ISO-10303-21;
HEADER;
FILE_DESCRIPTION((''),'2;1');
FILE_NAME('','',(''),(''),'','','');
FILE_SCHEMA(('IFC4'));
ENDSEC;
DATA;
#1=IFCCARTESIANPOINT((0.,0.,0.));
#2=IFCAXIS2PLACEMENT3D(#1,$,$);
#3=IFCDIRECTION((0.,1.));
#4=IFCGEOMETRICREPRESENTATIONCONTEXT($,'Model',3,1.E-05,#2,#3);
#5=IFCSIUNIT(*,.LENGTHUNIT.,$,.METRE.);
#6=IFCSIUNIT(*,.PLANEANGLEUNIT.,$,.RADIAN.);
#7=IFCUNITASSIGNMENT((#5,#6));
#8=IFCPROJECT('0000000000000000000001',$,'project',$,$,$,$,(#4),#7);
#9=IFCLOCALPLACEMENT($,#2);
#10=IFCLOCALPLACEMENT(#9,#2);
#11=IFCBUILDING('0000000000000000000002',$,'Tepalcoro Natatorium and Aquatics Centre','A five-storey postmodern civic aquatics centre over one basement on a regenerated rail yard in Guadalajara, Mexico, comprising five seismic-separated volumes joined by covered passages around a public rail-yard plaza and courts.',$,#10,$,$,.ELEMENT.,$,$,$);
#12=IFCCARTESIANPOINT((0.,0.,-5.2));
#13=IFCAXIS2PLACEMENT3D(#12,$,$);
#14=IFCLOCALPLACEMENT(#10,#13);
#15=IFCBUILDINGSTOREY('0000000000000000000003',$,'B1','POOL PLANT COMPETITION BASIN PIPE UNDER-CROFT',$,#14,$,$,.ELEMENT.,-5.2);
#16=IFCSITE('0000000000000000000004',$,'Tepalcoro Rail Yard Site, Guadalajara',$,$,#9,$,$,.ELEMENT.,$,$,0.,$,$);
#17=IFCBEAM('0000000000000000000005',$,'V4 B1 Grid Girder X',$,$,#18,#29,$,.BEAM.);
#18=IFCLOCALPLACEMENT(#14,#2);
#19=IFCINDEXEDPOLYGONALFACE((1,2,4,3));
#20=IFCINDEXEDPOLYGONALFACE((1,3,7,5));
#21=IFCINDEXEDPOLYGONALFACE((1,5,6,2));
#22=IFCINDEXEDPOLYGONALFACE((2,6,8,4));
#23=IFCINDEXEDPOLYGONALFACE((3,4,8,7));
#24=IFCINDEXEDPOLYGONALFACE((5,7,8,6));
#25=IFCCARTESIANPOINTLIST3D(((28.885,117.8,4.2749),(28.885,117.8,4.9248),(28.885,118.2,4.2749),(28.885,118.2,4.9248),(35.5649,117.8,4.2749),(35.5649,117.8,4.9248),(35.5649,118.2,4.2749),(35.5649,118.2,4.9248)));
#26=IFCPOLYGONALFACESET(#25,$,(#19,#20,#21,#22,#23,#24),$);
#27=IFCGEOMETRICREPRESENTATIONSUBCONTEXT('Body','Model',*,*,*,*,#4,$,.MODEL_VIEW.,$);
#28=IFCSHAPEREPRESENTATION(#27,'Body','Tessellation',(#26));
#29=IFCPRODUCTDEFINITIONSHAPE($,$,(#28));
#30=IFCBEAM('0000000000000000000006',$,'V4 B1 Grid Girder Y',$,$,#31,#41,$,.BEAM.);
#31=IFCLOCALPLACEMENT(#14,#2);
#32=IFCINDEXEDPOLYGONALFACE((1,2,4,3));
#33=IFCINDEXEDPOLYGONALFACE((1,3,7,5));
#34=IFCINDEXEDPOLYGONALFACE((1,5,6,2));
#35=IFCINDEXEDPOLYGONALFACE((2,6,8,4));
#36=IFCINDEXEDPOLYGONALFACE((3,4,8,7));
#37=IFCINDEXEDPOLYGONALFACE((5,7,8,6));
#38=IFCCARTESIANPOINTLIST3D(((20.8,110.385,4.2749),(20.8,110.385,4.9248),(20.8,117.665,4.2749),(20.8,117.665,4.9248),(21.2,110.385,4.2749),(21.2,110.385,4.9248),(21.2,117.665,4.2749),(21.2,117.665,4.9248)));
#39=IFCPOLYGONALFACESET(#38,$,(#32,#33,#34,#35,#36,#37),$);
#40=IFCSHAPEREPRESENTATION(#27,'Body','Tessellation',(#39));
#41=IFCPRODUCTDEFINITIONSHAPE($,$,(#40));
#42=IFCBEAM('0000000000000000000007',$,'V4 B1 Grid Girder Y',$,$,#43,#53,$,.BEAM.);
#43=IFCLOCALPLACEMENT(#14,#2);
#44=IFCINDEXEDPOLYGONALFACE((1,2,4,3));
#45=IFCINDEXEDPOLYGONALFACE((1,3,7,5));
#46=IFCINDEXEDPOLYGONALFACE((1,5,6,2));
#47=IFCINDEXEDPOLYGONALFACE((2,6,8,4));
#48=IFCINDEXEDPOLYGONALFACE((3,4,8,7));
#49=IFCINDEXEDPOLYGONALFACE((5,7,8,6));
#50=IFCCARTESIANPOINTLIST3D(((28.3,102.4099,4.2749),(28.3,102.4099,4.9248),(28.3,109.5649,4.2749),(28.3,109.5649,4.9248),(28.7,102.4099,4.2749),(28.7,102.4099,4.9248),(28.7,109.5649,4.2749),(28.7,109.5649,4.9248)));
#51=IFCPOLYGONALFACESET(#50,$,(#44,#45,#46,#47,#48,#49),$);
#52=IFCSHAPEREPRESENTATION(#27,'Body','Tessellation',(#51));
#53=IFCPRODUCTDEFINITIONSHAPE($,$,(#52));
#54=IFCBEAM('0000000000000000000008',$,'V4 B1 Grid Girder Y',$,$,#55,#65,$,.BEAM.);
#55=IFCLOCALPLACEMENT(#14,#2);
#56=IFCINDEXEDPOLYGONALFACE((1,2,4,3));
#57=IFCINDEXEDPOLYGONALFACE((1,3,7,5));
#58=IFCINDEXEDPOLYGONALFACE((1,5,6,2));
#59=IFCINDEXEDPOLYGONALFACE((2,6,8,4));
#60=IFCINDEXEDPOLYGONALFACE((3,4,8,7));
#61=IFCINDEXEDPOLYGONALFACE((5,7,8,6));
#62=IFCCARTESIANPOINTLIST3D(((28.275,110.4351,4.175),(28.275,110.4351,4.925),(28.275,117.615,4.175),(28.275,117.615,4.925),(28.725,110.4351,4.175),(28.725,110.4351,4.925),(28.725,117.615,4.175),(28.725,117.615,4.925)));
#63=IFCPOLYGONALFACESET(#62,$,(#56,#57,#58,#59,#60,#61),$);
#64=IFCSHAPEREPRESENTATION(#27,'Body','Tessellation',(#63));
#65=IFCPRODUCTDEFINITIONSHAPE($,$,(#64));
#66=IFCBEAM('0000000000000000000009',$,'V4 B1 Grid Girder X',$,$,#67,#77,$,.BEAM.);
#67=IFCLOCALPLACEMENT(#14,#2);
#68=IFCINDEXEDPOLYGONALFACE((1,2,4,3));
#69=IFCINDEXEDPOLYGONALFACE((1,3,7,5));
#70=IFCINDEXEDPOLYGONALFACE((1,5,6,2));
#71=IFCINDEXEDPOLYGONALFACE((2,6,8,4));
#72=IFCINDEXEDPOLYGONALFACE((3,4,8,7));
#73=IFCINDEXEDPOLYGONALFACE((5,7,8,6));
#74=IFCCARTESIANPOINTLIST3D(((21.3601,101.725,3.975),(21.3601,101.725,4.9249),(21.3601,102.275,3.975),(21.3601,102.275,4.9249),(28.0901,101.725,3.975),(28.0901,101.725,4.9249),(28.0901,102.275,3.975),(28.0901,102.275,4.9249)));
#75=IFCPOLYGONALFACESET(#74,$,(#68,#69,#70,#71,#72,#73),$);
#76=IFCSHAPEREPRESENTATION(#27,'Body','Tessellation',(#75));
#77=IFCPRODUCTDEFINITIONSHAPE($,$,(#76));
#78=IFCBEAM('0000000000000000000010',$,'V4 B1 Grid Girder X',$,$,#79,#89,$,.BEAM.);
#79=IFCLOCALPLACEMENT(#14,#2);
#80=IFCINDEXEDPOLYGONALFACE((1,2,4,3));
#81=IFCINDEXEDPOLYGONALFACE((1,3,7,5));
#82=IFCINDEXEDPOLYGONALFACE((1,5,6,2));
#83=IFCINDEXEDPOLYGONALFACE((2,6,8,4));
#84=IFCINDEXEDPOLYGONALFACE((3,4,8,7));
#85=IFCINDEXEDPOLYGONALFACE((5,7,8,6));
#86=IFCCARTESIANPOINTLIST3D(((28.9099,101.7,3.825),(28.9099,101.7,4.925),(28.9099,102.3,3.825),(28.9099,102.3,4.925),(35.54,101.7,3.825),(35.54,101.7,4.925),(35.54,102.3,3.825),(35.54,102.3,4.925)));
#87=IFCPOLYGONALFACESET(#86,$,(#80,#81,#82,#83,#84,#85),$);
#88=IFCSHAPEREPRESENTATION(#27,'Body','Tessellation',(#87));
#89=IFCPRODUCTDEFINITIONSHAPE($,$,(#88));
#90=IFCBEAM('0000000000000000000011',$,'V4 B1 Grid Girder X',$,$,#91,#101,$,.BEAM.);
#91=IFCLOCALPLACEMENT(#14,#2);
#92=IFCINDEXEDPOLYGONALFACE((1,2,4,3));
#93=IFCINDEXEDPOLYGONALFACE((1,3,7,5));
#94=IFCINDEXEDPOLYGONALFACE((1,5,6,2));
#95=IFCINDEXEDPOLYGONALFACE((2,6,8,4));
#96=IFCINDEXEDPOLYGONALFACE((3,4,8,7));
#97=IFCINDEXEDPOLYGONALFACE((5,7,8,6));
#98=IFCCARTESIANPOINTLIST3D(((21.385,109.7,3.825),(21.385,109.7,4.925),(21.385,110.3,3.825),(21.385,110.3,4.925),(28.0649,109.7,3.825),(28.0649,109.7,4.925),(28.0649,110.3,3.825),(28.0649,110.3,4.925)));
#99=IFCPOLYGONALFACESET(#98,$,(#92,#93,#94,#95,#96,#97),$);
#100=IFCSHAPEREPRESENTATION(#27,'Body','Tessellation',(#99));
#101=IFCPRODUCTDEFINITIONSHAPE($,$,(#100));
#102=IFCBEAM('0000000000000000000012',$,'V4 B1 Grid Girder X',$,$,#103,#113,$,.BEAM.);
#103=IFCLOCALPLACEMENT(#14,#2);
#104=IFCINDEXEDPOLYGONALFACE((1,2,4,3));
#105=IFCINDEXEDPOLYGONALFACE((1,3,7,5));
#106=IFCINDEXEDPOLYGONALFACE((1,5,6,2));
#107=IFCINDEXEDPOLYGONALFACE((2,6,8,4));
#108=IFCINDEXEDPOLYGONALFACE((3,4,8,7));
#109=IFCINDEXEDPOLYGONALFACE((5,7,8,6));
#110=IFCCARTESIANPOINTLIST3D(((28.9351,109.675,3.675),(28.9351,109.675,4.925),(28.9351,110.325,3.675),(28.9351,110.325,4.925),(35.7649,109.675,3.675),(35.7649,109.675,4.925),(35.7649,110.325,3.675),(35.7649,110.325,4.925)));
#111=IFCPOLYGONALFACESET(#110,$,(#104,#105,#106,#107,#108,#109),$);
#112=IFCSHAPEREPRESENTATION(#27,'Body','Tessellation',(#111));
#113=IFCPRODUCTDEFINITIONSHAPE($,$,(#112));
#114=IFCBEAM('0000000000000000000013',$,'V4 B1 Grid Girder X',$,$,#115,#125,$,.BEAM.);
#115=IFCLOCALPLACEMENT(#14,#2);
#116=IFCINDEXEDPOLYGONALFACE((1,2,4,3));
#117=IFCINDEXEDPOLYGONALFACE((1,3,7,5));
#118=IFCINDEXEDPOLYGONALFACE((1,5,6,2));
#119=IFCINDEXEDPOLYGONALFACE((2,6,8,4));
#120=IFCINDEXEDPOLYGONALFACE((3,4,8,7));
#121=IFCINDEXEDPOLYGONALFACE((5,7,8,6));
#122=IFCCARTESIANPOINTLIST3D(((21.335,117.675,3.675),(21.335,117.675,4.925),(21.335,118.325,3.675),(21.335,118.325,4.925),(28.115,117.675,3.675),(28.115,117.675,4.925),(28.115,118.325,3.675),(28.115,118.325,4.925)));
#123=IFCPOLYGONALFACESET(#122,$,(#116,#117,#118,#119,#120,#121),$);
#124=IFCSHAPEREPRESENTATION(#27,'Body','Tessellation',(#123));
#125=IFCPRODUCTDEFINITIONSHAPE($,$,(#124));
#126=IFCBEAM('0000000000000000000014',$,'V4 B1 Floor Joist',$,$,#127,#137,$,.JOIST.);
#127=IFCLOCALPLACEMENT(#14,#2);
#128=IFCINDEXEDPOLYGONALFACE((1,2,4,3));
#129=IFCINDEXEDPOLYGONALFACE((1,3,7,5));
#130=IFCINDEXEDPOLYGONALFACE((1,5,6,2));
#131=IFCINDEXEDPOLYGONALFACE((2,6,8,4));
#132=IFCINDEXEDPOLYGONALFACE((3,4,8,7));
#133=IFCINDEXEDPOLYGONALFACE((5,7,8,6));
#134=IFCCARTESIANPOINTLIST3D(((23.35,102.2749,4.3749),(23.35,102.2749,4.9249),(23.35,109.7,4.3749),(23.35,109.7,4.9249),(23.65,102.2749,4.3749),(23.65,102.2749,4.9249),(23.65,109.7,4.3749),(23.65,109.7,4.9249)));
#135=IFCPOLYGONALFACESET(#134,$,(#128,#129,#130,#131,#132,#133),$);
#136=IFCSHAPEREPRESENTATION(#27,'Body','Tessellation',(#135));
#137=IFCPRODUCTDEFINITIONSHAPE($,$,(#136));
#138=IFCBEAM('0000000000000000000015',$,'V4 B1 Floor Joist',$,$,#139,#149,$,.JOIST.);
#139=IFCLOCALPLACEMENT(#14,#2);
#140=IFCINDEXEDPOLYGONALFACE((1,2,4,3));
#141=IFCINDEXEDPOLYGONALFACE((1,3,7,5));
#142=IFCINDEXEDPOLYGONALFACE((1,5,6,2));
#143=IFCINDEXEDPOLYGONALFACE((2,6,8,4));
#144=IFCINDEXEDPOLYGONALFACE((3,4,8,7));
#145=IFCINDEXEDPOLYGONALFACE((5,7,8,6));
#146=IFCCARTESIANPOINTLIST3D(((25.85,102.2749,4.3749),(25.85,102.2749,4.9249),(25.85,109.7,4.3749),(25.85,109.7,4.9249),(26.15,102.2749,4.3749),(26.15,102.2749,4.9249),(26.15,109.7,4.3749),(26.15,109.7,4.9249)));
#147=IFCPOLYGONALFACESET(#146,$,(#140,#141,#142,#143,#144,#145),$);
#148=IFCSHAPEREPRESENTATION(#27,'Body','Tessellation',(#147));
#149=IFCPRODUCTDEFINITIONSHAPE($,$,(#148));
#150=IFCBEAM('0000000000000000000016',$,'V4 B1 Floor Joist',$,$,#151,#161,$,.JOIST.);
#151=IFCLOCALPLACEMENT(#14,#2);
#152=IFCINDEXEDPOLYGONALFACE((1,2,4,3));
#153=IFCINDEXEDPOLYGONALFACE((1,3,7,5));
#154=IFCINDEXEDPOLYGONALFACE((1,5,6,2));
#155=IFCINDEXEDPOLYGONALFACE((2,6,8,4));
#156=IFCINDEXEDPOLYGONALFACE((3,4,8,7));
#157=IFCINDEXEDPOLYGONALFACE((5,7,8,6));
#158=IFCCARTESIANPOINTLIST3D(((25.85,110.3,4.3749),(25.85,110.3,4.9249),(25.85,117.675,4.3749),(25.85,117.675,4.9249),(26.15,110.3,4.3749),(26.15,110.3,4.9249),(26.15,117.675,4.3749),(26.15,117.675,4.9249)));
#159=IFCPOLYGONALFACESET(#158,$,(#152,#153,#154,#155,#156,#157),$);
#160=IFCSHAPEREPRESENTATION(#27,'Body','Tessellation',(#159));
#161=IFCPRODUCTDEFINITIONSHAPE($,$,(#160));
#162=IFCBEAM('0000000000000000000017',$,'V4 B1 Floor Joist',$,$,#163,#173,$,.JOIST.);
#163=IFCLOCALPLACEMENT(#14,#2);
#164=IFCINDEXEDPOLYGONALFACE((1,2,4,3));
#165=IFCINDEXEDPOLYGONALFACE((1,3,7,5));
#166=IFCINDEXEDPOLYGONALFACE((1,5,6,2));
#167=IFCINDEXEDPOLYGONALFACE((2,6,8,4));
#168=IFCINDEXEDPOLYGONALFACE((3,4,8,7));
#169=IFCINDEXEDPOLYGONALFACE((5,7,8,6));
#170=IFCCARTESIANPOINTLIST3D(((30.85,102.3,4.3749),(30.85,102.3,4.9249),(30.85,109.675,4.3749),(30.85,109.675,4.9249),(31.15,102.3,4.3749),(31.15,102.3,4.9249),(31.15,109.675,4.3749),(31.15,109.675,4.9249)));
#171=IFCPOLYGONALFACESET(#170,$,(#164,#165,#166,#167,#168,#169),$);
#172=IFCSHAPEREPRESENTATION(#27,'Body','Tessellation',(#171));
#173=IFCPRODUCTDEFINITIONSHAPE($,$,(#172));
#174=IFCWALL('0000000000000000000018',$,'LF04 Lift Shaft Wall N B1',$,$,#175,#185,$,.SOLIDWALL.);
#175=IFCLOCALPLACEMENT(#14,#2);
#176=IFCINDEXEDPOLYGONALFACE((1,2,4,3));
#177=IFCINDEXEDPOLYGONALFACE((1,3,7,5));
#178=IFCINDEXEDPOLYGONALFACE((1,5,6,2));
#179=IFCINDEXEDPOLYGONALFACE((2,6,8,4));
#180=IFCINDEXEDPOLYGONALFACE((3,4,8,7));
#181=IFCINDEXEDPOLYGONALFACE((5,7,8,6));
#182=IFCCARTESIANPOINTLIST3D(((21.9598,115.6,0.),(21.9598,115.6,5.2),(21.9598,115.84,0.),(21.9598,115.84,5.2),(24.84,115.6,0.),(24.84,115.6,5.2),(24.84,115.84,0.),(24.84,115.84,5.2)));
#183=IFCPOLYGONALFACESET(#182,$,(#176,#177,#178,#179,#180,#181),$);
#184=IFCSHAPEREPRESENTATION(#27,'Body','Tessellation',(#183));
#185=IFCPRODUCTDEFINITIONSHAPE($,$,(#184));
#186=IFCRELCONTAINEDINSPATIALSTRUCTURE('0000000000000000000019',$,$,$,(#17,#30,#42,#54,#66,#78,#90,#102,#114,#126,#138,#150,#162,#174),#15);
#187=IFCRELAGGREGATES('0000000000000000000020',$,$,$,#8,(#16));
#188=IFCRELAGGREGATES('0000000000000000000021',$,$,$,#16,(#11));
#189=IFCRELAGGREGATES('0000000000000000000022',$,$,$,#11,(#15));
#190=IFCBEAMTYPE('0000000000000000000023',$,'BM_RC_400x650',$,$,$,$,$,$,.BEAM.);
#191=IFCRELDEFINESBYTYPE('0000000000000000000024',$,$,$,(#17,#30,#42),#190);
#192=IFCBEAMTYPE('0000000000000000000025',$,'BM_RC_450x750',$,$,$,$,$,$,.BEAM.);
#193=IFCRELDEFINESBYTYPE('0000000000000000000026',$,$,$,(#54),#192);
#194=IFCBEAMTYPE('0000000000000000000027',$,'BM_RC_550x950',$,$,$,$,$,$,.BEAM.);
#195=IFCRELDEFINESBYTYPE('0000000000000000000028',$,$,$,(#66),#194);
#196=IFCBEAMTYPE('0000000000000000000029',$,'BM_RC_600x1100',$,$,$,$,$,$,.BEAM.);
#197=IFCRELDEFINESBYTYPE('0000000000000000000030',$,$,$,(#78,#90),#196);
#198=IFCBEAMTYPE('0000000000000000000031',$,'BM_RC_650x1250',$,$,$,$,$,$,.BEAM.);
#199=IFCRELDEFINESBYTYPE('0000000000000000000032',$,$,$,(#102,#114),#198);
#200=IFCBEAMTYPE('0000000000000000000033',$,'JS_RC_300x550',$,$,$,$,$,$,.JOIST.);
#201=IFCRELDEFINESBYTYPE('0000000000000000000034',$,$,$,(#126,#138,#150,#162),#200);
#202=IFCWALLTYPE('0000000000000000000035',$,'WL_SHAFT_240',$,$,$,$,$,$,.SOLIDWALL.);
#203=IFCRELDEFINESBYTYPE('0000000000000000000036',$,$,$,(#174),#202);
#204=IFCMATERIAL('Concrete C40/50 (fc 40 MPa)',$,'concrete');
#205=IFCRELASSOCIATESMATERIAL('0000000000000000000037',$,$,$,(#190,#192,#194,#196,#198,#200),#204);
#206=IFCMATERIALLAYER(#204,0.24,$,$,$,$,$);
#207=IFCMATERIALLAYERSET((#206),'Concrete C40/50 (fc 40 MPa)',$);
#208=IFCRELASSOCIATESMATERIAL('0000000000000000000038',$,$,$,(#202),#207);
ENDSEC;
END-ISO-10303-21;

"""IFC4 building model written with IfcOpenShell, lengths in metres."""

from ifc_helpers import new_model, si_unit, direction, frame, frame_2d, origin, origin_2d, place, context, subcontext, project, spatial, rectangle, extrude, material, layer, layer_set, material_profile, profile_set, type_object, element, save


model = new_model("IFC4")

# Units and contexts
model_context = context("Model", 3, precision=1e-05, world=origin(), true_north=direction((0.0, 1.0)))
body_context = subcontext(model_context, "Body", "Model", "MODEL_VIEW")
ifc_project = project(units=[si_unit("LENGTHUNIT", "METRE"), si_unit("PLANEANGLEUNIT", "RADIAN")], contexts=[model_context])

# Site, building, storey
site_placement = place(None, origin())
site = spatial("IfcSite", under=ifc_project, at=site_placement, Name="Tepalcoro Rail Yard Site, Guadalajara", CompositionType="ELEMENT", RefElevation=0.0)
building_placement = place(site_placement, origin())
building = spatial("IfcBuilding", under=site, at=building_placement, Name="Tepalcoro Natatorium and Aquatics Centre", Description="A five-storey postmodern civic aquatics centre over one basement on a regenerated rail yard in Guadalajara, Mexico, comprising five seismic-separated volumes joined by covered passages around a public rail-yard plaza and courts.", CompositionType="ELEMENT")
storey_placement = place(building_placement, frame((0.0, 0.0, -5.2)))
storey = spatial("IfcBuildingStorey", under=building, at=storey_placement, Name="B1", Description="POOL PLANT COMPETITION BASIN PIPE UNDER-CROFT", CompositionType="ELEMENT", Elevation=-5.2)

# Shared definitions
ifc_material_1 = material(Name="Concrete C40/50 (fc 40 MPa)", Category="concrete")

# Beams
ifc_material_profile_1 = material_profile(ifc_material_1, rectangle(XDim=0.3999, YDim=0.6499, at=origin_2d()), Name="RCB400x650")
ifc_profile_set_1 = profile_set([ifc_material_profile_1], Name="Concrete C40/50 (fc 40 MPa)")
beam_type_1 = type_object("IfcBeamType", Name="BM_RC_400x650", PredefinedType="BEAM", material=ifc_profile_set_1)
beam_1_placement = place(storey_placement, frame((28.885, 118.0, 4.5999), z_axis=(1.0, 0.0, 0.0), x_axis=(0.0, 1.0, 0.0)))
element("IfcBeam", 1, at=beam_1_placement, inside=storey, type_object=beam_type_1, Name="V4 B1 Grid Girder X", PredefinedType="BEAM", context=body_context, shape_type="SweptSolid", body=[
    extrude(rectangle(XDim=0.3999, YDim=0.6499, at=origin_2d()), origin(), (0.0, 0.0, 1.0), 6.6799),
])
beam_2_placement = place(storey_placement, frame((21.0, 110.385, 4.5999), z_axis=(0.0, 1.0, 0.0), x_axis=(-1.0, 0.0, 0.0)))
element("IfcBeam", 2, at=beam_2_placement, inside=storey, type_object=beam_type_1, Name="V4 B1 Grid Girder Y", PredefinedType="BEAM", context=body_context, shape_type="SweptSolid", body=[
    extrude(rectangle(XDim=0.3999, YDim=0.6499, at=origin_2d()), origin(), (0.0, 0.0, 1.0), 7.28),
])
beam_3_placement = place(storey_placement, frame((28.5, 102.4099, 4.5999), z_axis=(0.0, 1.0, 0.0), x_axis=(-1.0, 0.0, 0.0)))
element("IfcBeam", 3, at=beam_3_placement, inside=storey, type_object=beam_type_1, Name="V4 B1 Grid Girder Y", PredefinedType="BEAM", context=body_context, shape_type="SweptSolid", body=[
    extrude(rectangle(XDim=0.3999, YDim=0.6499, at=origin_2d()), origin(), (0.0, 0.0, 1.0), 7.155),
])
ifc_material_profile_2 = material_profile(ifc_material_1, rectangle(XDim=0.45, YDim=0.75, at=origin_2d()), Name="RCB450x750")
ifc_profile_set_2 = profile_set([ifc_material_profile_2], Name="Concrete C40/50 (fc 40 MPa)")
beam_type_2 = type_object("IfcBeamType", Name="BM_RC_450x750", PredefinedType="BEAM", material=ifc_profile_set_2)
beam_4_placement = place(storey_placement, frame((28.5, 110.4351, 4.55), z_axis=(0.0, 1.0, 0.0), x_axis=(-1.0, 0.0, 0.0)))
element("IfcBeam", 4, at=beam_4_placement, inside=storey, type_object=beam_type_2, Name="V4 B1 Grid Girder Y", PredefinedType="BEAM", context=body_context, shape_type="SweptSolid", body=[
    extrude(rectangle(XDim=0.45, YDim=0.75, at=origin_2d()), origin(), (0.0, 0.0, 1.0), 7.1799),
])
ifc_material_profile_3 = material_profile(ifc_material_1, rectangle(XDim=0.55, YDim=0.95, at=origin_2d()), Name="RCB550x950")
ifc_profile_set_3 = profile_set([ifc_material_profile_3], Name="Concrete C40/50 (fc 40 MPa)")
beam_type_3 = type_object("IfcBeamType", Name="BM_RC_550x950", PredefinedType="BEAM", material=ifc_profile_set_3)
beam_5_placement = place(storey_placement, frame((21.3601, 102.0, 4.45), z_axis=(1.0, 0.0, 0.0), x_axis=(0.0, 1.0, 0.0)))
element("IfcBeam", 5, at=beam_5_placement, inside=storey, type_object=beam_type_3, Name="V4 B1 Grid Girder X", PredefinedType="BEAM", context=body_context, shape_type="SweptSolid", body=[
    extrude(rectangle(XDim=0.55, YDim=0.95, at=origin_2d()), origin(), (0.0, 0.0, 1.0), 6.73),
])
ifc_material_profile_4 = material_profile(ifc_material_1, rectangle(XDim=0.6001, YDim=1.1001, at=origin_2d()), Name="RCB600x1100")
ifc_profile_set_4 = profile_set([ifc_material_profile_4], Name="Concrete C40/50 (fc 40 MPa)")
beam_type_4 = type_object("IfcBeamType", Name="BM_RC_600x1100", PredefinedType="BEAM", material=ifc_profile_set_4)
beam_6_placement = place(storey_placement, frame((28.9099, 102.0, 4.375), z_axis=(1.0, 0.0, 0.0), x_axis=(0.0, 1.0, 0.0)))
element("IfcBeam", 6, at=beam_6_placement, inside=storey, type_object=beam_type_4, Name="V4 B1 Grid Girder X", PredefinedType="BEAM", context=body_context, shape_type="SweptSolid", body=[
    extrude(rectangle(XDim=0.6001, YDim=1.1001, at=origin_2d()), origin(), (0.0, 0.0, 1.0), 6.6301),
])
beam_7_placement = place(storey_placement, frame((21.385, 110.0, 4.375), z_axis=(1.0, 0.0, 0.0), x_axis=(0.0, 1.0, 0.0)))
element("IfcBeam", 7, at=beam_7_placement, inside=storey, type_object=beam_type_4, Name="V4 B1 Grid Girder X", PredefinedType="BEAM", context=body_context, shape_type="SweptSolid", body=[
    extrude(rectangle(XDim=0.6001, YDim=1.1001, at=origin_2d()), origin(), (0.0, 0.0, 1.0), 6.6799),
])
ifc_material_profile_5 = material_profile(ifc_material_1, rectangle(XDim=0.6499, YDim=1.25, at=origin_2d()), Name="RCB650x1250")
ifc_profile_set_5 = profile_set([ifc_material_profile_5], Name="Concrete C40/50 (fc 40 MPa)")
beam_type_5 = type_object("IfcBeamType", Name="BM_RC_650x1250", PredefinedType="BEAM", material=ifc_profile_set_5)
beam_8_placement = place(storey_placement, frame((28.9351, 110.0, 4.3), z_axis=(1.0, 0.0, 0.0), x_axis=(0.0, 1.0, 0.0)))
element("IfcBeam", 8, at=beam_8_placement, inside=storey, type_object=beam_type_5, Name="V4 B1 Grid Girder X", PredefinedType="BEAM", context=body_context, shape_type="SweptSolid", body=[
    extrude(rectangle(XDim=0.6499, YDim=1.25, at=origin_2d()), origin(), (0.0, 0.0, 1.0), 6.8298),
])
beam_9_placement = place(storey_placement, frame((21.335, 118.0, 4.3), z_axis=(1.0, 0.0, 0.0), x_axis=(0.0, 1.0, 0.0)))
element("IfcBeam", 9, at=beam_9_placement, inside=storey, type_object=beam_type_5, Name="V4 B1 Grid Girder X", PredefinedType="BEAM", context=body_context, shape_type="SweptSolid", body=[
    extrude(rectangle(XDim=0.6499, YDim=1.25, at=origin_2d()), origin(), (0.0, 0.0, 1.0), 6.78),
])
ifc_material_profile_6 = material_profile(ifc_material_1, rectangle(XDim=0.3, YDim=0.55, at=origin_2d()), Name="RCJ300x550")
ifc_profile_set_6 = profile_set([ifc_material_profile_6], Name="Concrete C40/50 (fc 40 MPa)")
beam_type_6 = type_object("IfcBeamType", Name="JS_RC_300x550", PredefinedType="JOIST", material=ifc_profile_set_6)
for number, where, z_axis, x_axis, name in (
    (10, (23.5, 102.2749, 4.6499), (0.0, 1.0, 0.0), (-1.0, 0.0, 0.0), "V4 B1 Floor Joist"),
    (11, (26.0, 102.2749, 4.6499), (0.0, 1.0, 0.0), (-1.0, 0.0, 0.0), "V4 B1 Floor Joist"),
):
    element("IfcBeam", number, at=place(storey_placement, frame(where, z_axis=z_axis, x_axis=x_axis)), inside=storey, type_object=beam_type_6, Name=name, PredefinedType="JOIST", context=body_context, shape_type="SweptSolid", body=[
        extrude(rectangle(XDim=0.3, YDim=0.55, at=origin_2d()), origin(), (0.0, 0.0, 1.0), 7.425),
    ])
for number, where, z_axis, x_axis, name in (
    (12, (26.0, 110.3, 4.6499), (0.0, 1.0, 0.0), (-1.0, 0.0, 0.0), "V4 B1 Floor Joist"),
    (13, (31.0, 102.3, 4.6499), (0.0, 1.0, 0.0), (-1.0, 0.0, 0.0), "V4 B1 Floor Joist"),
):
    element("IfcBeam", number, at=place(storey_placement, frame(where, z_axis=z_axis, x_axis=x_axis)), inside=storey, type_object=beam_type_6, Name=name, PredefinedType="JOIST", context=body_context, shape_type="SweptSolid", body=[
        extrude(rectangle(XDim=0.3, YDim=0.55, at=origin_2d()), origin(), (0.0, 0.0, 1.0), 7.375),
    ])

# Shared definitions
ifc_layer_1 = layer(ifc_material_1, 0.24)
ifc_layer_set_1 = layer_set([ifc_layer_1], Name="Concrete C40/50 (fc 40 MPa)")
wall_type_1 = type_object("IfcWallType", Name="WL_SHAFT_240", PredefinedType="SOLIDWALL", material=ifc_layer_set_1)

# Wall
wall_1_placement = place(storey_placement, frame((21.96, 115.72, 0.0), z_axis=(0.0, 0.0, 1.0), x_axis=(1.0, 0.0, 0.0)))
element("IfcWall", 14, at=wall_1_placement, inside=storey, type_object=wall_type_1, Name="LF04 Lift Shaft Wall N B1", PredefinedType="SOLIDWALL", context=body_context, shape_type="SweptSolid", body=[
    extrude(rectangle(XDim=2.8801, YDim=0.24, at=frame_2d((1.4399, 0.0))), origin(), (0.0, 0.0, 1.0), 5.2),
])

save(model, "model.ifc")
